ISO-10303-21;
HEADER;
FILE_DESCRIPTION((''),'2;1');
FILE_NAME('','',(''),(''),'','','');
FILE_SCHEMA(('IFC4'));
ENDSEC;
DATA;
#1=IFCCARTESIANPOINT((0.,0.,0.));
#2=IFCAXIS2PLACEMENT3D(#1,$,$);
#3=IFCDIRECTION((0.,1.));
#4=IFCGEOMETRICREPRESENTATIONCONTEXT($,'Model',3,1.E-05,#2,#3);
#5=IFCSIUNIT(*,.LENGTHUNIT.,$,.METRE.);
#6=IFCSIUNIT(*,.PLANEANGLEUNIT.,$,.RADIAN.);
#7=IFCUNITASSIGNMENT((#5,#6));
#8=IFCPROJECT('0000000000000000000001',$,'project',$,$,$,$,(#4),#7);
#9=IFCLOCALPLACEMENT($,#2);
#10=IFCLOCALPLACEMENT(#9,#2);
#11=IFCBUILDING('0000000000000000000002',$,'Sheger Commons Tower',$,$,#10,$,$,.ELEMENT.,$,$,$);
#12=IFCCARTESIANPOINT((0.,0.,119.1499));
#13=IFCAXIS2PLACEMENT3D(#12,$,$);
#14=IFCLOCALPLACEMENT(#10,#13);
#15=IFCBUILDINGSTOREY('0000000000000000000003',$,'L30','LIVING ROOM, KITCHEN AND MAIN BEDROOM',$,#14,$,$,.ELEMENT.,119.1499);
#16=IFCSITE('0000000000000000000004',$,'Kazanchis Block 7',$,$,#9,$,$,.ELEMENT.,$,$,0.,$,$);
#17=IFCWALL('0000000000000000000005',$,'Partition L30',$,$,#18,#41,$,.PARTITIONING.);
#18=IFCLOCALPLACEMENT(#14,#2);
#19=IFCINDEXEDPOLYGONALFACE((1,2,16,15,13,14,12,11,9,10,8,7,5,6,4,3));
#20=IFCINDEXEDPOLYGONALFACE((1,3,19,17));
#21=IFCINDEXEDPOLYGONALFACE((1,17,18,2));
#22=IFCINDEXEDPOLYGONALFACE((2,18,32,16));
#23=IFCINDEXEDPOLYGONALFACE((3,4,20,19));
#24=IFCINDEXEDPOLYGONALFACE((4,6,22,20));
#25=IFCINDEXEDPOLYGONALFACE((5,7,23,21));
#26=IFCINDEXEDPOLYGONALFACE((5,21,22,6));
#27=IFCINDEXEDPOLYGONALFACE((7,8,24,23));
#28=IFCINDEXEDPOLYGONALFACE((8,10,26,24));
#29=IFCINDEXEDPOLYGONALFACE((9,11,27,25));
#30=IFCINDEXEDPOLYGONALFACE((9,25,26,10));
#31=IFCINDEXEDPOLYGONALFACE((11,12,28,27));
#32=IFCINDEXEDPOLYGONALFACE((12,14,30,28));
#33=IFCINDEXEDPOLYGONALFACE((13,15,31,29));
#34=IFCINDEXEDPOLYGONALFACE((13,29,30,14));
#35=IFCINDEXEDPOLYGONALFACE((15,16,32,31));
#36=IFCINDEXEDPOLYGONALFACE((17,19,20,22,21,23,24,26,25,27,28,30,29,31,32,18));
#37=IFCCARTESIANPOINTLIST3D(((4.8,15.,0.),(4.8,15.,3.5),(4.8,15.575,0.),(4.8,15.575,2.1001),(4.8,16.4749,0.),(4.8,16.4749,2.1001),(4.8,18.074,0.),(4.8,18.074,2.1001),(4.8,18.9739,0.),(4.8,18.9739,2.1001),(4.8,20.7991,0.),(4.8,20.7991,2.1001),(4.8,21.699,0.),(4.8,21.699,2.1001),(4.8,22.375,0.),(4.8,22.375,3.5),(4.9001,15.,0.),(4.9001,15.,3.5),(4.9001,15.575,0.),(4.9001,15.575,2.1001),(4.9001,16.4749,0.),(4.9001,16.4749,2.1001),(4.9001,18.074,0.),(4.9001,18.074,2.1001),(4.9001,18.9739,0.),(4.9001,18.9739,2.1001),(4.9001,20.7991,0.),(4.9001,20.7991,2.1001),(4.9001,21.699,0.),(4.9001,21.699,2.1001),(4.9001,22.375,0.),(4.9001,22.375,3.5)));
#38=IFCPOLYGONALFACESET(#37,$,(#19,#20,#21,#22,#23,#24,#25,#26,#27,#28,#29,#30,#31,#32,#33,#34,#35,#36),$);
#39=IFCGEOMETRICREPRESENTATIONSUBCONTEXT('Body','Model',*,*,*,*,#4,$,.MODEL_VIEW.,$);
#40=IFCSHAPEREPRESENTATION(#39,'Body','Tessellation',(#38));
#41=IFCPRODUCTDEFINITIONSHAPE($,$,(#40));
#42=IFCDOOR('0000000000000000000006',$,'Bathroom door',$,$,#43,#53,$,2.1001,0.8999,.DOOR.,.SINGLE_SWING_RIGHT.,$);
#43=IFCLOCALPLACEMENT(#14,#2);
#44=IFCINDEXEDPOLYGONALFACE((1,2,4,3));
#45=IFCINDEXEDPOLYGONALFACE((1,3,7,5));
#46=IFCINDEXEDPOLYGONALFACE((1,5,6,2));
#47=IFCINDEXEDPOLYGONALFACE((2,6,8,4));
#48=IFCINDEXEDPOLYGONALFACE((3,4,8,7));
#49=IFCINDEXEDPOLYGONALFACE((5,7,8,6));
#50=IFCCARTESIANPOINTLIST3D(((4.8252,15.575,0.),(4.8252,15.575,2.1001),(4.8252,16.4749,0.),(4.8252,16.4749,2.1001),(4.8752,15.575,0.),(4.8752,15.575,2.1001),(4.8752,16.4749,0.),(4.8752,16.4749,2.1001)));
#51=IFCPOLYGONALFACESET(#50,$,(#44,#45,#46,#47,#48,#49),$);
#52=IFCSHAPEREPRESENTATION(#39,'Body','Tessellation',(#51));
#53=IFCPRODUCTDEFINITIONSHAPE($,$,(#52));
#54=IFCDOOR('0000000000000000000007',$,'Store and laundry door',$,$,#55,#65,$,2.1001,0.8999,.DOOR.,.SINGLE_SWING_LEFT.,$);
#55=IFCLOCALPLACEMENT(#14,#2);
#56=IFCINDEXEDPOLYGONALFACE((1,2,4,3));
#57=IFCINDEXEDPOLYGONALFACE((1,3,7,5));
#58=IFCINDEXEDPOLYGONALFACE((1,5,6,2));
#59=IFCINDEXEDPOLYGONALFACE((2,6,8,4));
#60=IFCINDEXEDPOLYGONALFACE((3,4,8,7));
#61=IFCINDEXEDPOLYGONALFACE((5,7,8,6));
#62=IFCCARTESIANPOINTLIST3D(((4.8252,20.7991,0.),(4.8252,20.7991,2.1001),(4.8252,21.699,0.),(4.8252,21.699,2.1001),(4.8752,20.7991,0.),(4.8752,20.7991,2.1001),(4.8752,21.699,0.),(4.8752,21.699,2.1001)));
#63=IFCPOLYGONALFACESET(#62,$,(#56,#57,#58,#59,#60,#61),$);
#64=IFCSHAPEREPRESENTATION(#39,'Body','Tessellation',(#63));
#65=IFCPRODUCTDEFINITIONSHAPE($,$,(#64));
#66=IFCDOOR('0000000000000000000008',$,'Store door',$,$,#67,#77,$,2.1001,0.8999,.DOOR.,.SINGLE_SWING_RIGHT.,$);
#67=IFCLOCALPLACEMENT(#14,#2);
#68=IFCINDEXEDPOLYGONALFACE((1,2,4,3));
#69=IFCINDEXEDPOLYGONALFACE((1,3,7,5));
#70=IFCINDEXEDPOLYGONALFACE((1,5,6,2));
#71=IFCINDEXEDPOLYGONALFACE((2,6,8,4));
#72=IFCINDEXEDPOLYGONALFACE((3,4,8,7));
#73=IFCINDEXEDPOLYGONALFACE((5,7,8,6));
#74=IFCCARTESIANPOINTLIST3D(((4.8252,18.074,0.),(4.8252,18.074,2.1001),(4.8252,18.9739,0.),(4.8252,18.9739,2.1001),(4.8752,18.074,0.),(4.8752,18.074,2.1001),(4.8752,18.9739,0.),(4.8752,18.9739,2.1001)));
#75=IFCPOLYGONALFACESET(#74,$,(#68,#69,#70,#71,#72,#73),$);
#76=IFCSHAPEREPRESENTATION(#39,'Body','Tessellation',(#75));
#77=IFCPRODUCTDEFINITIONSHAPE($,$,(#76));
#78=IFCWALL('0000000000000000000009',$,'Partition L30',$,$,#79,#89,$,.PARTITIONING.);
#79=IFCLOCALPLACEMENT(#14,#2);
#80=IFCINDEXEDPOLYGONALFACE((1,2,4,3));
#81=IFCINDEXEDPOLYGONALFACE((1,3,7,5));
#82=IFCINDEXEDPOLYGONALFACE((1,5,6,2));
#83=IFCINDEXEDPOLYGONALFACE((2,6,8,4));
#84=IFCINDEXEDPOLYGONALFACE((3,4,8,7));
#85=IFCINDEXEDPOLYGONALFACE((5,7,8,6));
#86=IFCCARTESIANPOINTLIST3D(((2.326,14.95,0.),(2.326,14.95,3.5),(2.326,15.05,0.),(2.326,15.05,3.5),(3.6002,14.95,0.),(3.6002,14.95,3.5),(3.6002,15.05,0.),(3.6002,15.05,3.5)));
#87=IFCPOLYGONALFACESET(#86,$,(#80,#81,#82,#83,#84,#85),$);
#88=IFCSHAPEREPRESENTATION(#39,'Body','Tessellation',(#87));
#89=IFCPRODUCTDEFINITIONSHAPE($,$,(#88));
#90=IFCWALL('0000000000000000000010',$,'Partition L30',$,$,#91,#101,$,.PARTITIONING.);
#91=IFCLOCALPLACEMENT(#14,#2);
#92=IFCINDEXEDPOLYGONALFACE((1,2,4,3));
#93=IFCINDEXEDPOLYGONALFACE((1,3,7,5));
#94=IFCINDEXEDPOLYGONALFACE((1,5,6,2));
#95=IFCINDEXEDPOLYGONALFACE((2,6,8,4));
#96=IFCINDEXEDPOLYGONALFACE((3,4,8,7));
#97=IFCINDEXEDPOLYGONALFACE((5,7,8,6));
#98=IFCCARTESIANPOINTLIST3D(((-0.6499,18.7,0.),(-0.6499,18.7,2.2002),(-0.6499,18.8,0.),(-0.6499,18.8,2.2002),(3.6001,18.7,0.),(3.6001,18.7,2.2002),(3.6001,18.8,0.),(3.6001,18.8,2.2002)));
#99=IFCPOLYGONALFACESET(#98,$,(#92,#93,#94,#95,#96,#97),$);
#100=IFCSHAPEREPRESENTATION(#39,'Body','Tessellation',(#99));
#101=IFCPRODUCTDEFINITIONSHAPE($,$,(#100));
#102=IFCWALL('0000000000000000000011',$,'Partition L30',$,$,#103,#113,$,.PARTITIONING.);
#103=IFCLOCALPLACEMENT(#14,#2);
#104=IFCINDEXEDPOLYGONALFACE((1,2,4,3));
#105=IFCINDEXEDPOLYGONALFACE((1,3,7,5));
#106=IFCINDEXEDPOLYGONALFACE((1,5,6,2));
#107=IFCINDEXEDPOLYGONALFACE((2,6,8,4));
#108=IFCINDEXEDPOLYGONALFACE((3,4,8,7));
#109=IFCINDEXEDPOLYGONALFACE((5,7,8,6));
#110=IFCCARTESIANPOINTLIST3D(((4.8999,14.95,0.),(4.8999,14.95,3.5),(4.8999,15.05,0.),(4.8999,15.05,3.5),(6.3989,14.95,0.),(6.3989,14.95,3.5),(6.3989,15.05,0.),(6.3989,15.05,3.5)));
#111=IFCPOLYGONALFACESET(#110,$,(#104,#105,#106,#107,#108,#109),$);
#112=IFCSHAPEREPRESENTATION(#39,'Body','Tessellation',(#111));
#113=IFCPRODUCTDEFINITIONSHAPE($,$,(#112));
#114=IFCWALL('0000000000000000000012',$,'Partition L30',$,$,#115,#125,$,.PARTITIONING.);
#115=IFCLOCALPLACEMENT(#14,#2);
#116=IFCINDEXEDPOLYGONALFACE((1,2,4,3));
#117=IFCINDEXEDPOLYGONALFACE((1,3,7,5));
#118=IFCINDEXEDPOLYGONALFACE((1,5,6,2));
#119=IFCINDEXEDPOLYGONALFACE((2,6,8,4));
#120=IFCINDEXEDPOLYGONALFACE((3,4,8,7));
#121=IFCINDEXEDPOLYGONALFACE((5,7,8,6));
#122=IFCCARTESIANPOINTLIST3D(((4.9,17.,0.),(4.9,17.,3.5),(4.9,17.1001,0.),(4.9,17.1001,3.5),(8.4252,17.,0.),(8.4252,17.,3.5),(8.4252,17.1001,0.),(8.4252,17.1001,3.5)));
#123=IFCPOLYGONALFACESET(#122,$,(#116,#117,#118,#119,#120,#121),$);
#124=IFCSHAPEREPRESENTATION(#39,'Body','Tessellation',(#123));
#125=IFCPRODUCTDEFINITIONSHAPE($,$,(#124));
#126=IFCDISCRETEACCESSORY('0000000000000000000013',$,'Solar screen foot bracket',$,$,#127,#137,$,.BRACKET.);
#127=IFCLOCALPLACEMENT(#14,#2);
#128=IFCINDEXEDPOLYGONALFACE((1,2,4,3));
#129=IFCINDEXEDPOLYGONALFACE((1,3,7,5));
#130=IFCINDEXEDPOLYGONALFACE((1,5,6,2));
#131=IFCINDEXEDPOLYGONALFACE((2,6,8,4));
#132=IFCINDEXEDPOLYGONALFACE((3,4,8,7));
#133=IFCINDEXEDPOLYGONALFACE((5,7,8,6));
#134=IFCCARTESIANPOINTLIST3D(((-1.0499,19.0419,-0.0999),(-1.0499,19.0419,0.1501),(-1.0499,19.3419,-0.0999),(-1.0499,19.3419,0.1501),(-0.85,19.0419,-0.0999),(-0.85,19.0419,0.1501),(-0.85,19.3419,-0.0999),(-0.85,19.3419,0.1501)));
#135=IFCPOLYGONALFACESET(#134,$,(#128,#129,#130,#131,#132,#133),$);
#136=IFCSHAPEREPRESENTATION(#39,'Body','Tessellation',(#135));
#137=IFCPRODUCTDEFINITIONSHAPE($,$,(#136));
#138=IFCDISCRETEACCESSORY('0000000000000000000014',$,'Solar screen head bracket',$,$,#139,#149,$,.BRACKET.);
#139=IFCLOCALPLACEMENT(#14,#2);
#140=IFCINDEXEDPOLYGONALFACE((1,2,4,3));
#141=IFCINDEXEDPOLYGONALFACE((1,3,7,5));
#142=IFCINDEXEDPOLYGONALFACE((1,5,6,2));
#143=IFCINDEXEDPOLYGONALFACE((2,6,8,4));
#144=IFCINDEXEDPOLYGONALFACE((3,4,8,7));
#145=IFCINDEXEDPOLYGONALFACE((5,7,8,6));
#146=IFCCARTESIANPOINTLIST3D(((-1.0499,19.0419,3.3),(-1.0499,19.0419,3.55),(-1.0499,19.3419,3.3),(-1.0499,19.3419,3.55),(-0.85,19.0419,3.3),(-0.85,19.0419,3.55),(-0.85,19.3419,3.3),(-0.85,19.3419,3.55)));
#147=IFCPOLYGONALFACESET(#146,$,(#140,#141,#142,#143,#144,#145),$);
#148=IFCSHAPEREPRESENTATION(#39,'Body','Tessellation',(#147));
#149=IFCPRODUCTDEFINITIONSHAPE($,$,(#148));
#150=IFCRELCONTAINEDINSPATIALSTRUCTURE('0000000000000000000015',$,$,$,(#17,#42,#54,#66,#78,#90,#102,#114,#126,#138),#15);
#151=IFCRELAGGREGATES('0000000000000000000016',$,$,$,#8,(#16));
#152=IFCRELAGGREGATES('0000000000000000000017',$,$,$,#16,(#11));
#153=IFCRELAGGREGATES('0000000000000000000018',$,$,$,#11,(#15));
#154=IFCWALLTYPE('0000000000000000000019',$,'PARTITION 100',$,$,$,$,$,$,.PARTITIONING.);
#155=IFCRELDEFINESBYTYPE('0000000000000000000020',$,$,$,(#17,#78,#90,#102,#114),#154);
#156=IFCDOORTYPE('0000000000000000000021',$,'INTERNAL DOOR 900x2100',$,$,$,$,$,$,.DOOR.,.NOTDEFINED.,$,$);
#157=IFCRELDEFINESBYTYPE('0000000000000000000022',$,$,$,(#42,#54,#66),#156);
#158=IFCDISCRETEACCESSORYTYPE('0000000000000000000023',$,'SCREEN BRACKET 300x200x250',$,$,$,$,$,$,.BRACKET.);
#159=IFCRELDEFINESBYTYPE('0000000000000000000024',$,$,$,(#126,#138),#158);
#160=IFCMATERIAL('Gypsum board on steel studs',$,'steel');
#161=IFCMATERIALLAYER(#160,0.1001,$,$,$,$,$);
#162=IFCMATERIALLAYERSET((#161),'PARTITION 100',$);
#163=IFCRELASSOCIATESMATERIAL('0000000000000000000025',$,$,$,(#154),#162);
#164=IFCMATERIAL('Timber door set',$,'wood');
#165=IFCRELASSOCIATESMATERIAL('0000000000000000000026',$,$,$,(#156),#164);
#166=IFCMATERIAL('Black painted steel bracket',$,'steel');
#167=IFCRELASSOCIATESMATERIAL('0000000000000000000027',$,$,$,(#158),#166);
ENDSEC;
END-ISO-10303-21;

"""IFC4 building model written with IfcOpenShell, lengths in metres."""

from ifc_helpers import new_model, si_unit, direction, frame, frame_2d, origin, origin_2d, place, context, subcontext, project, spatial, rectangle, extrude, material, layer, layer_set, type_object, element, fill, save


model = new_model("IFC4")

# Units and contexts
model_context = context("Model", 3, precision=1e-05, world=origin(), true_north=direction((0.0, 1.0)))
body_context = subcontext(model_context, "Body", "Model", "MODEL_VIEW")
ifc_project = project(units=[si_unit("LENGTHUNIT", "METRE"), si_unit("PLANEANGLEUNIT", "RADIAN")], contexts=[model_context])

# Site, building, storey
site_placement = place(None, origin())
site = spatial("IfcSite", under=ifc_project, at=site_placement, Name="Kazanchis Block 7", CompositionType="ELEMENT", RefElevation=0.0)
building_placement = place(site_placement, origin())
building = spatial("IfcBuilding", under=site, at=building_placement, Name="Sheger Commons Tower", CompositionType="ELEMENT")
storey_placement = place(building_placement, frame((0.0, 0.0, 119.1499)))
storey = spatial("IfcBuildingStorey", under=building, at=storey_placement, Name="L30", Description="LIVING ROOM, KITCHEN AND MAIN BEDROOM", CompositionType="ELEMENT", Elevation=119.1499)

# Wall, openings, doors
ifc_material_1 = material(Name="Gypsum board on steel studs", Category="steel")
ifc_layer_1 = layer(ifc_material_1, 0.1001)
ifc_layer_set_1 = layer_set([ifc_layer_1], Name="PARTITION 100")
wall_type_1 = type_object("IfcWallType", Name="PARTITION 100", PredefinedType="PARTITIONING", material=ifc_layer_set_1)
ifc_material_2 = material(Name="Timber door set", Category="wood")
door_type = type_object("IfcDoorType", Name="INTERNAL DOOR 900x2100", OperationType="NOTDEFINED", PredefinedType="DOOR", material=ifc_material_2)
wall_1_placement = place(storey_placement, frame((4.8501, 15.0, 0.0), z_axis=(0.0, 0.0, 1.0), x_axis=(0.0, 1.0, 0.0)))
wall_1 = element("IfcWall", 1, at=wall_1_placement, inside=storey, type_object=wall_type_1, Name="Partition L30", PredefinedType="PARTITIONING", context=body_context, shape_type="SweptSolid", body=[
    extrude(rectangle(XDim=7.375, YDim=0.1001, at=frame_2d((3.6875, 0.0))), origin(), (0.0, 0.0, 1.0), 3.5),
])
opening_1_placement = place(wall_1_placement, frame((0.575, 0.0, 0.0)))
opening_1 = element("IfcOpeningElement", 2, at=opening_1_placement, cuts=wall_1, PredefinedType="OPENING", context=body_context, shape_type="SweptSolid", body=[
    extrude(rectangle(XDim=0.8999, YDim=2.1001, at=frame_2d((0.45, 1.05))), frame((0.0, 0.0601, 0.0), z_axis=(0.0, -1.0, 0.0), x_axis=(1.0, 0.0, 0.0)), (0.0, 0.0, 1.0), 0.1201),
])
opening_2_placement = place(wall_1_placement, frame((5.7991, 0.0, 0.0)))
opening_2 = element("IfcOpeningElement", 3, at=opening_2_placement, cuts=wall_1, PredefinedType="OPENING", context=body_context, shape_type="SweptSolid", body=[
    extrude(rectangle(XDim=0.8999, YDim=2.1001, at=frame_2d((0.45, 1.05))), frame((0.0, 0.0601, 0.0), z_axis=(0.0, -1.0, 0.0), x_axis=(1.0, 0.0, 0.0)), (0.0, 0.0, 1.0), 0.1201),
])
opening_3_placement = place(wall_1_placement, frame((3.074, 0.0, 0.0)))
opening_3 = element("IfcOpeningElement", 4, at=opening_3_placement, cuts=wall_1, PredefinedType="OPENING", context=body_context, shape_type="SweptSolid", body=[
    extrude(rectangle(XDim=0.8999, YDim=2.1001, at=frame_2d((0.45, 1.05))), frame((0.0, 0.0601, 0.0), z_axis=(0.0, -1.0, 0.0), x_axis=(1.0, 0.0, 0.0)), (0.0, 0.0, 1.0), 0.1201),
])
door_1_placement = place(opening_1_placement, origin())
door_1 = element("IfcDoor", 5, at=door_1_placement, inside=storey, type_object=door_type, Name="Bathroom door", OperationType="SINGLE_SWING_RIGHT", OverallHeight=2.1001, OverallWidth=0.8999, PredefinedType="DOOR", context=body_context, shape_type="SweptSolid", body=[
    extrude(rectangle(XDim=0.8999, YDim=2.1001, at=frame_2d((0.45, 1.05))), frame((0.0, 0.0249, 0.0), z_axis=(0.0, -1.0, 0.0), x_axis=(1.0, 0.0, 0.0)), (0.0, 0.0, 1.0), 0.05),
])
fill(opening_1, door_1)
door_2_placement = place(opening_2_placement, origin())
door_2 = element("IfcDoor", 6, at=door_2_placement, inside=storey, type_object=door_type, Name="Store and laundry door", OperationType="SINGLE_SWING_LEFT", OverallHeight=2.1001, OverallWidth=0.8999, PredefinedType="DOOR", context=body_context, shape_type="SweptSolid", body=[
    extrude(rectangle(XDim=0.8999, YDim=2.1001, at=frame_2d((0.45, 1.05))), frame((0.0, 0.0249, 0.0), z_axis=(0.0, -1.0, 0.0), x_axis=(1.0, 0.0, 0.0)), (0.0, 0.0, 1.0), 0.05),
])
fill(opening_2, door_2)
door_3_placement = place(opening_3_placement, origin())
door_3 = element("IfcDoor", 7, at=door_3_placement, inside=storey, type_object=door_type, Name="Store door", OperationType="SINGLE_SWING_RIGHT", OverallHeight=2.1001, OverallWidth=0.8999, PredefinedType="DOOR", context=body_context, shape_type="SweptSolid", body=[
    extrude(rectangle(XDim=0.8999, YDim=2.1001, at=frame_2d((0.45, 1.05))), frame((0.0, 0.0249, 0.0), z_axis=(0.0, -1.0, 0.0), x_axis=(1.0, 0.0, 0.0)), (0.0, 0.0, 1.0), 0.05),
])
fill(opening_3, door_3)

# Walls
wall_2_placement = place(storey_placement, frame((2.3259, 15.0, 0.0), z_axis=(0.0, 0.0, 1.0), x_axis=(1.0, 0.0, 0.0)))
element("IfcWall", 8, at=wall_2_placement, inside=storey, type_object=wall_type_1, Name="Partition L30", PredefinedType="PARTITIONING", context=body_context, shape_type="SweptSolid", body=[
    extrude(rectangle(XDim=1.2742, YDim=0.1001, at=frame_2d((0.6372, 0.0))), origin(), (0.0, 0.0, 1.0), 3.5),
])
wall_3_placement = place(storey_placement, frame((-0.6499, 18.75, 0.0), z_axis=(0.0, 0.0, 1.0), x_axis=(1.0, 0.0, 0.0)))
element("IfcWall", 9, at=wall_3_placement, inside=storey, type_object=wall_type_1, Name="Partition L30", PredefinedType="PARTITIONING", context=body_context, shape_type="SweptSolid", body=[
    extrude(rectangle(XDim=4.25, YDim=0.1001, at=frame_2d((2.125, 0.0))), origin(), (0.0, 0.0, 1.0), 2.2002),
])
wall_4_placement = place(storey_placement, frame((4.8999, 15.0, 0.0), z_axis=(0.0, 0.0, 1.0), x_axis=(1.0, 0.0, 0.0)))
element("IfcWall", 10, at=wall_4_placement, inside=storey, type_object=wall_type_1, Name="Partition L30", PredefinedType="PARTITIONING", context=body_context, shape_type="SweptSolid", body=[
    extrude(rectangle(XDim=1.499, YDim=0.1001, at=frame_2d((0.7495, 0.0))), origin(), (0.0, 0.0, 1.0), 3.5),
])
wall_5_placement = place(storey_placement, frame((4.8999, 17.05, 0.0), z_axis=(0.0, 0.0, 1.0), x_axis=(1.0, 0.0, 0.0)))
element("IfcWall", 11, at=wall_5_placement, inside=storey, type_object=wall_type_1, Name="Partition L30", PredefinedType="PARTITIONING", context=body_context, shape_type="SweptSolid", body=[
    extrude(rectangle(XDim=3.5251, YDim=0.1001, at=frame_2d((1.7627, 0.0))), origin(), (0.0, 0.0, 1.0), 3.5),
])

# Discrete accessories
ifc_material_3 = material(Name="Black painted steel bracket", Category="steel")
discrete_accessory_type = type_object("IfcDiscreteAccessoryType", Name="SCREEN BRACKET 300x200x250", PredefinedType="BRACKET", material=ifc_material_3)
for number, where, z_axis, x_axis, name in (
    (12, (-0.95, 19.1919, -0.0999), (0.0, 0.0, 1.0), (0.0, -1.0, 0.0), "Solar screen foot bracket"),
    (13, (-0.95, 19.1919, 3.3), (0.0, 0.0, 1.0), (0.0, -1.0, 0.0), "Solar screen head bracket"),
):
    element("IfcDiscreteAccessory", number, at=place(storey_placement, frame(where, z_axis=z_axis, x_axis=x_axis)), inside=storey, type_object=discrete_accessory_type, Name=name, PredefinedType="BRACKET", context=body_context, shape_type="SweptSolid", body=[
        extrude(rectangle(XDim=0.3, YDim=0.2, at=origin_2d()), origin(), (0.0, 0.0, 1.0), 0.25),
    ])

save(model, "model.ifc")
